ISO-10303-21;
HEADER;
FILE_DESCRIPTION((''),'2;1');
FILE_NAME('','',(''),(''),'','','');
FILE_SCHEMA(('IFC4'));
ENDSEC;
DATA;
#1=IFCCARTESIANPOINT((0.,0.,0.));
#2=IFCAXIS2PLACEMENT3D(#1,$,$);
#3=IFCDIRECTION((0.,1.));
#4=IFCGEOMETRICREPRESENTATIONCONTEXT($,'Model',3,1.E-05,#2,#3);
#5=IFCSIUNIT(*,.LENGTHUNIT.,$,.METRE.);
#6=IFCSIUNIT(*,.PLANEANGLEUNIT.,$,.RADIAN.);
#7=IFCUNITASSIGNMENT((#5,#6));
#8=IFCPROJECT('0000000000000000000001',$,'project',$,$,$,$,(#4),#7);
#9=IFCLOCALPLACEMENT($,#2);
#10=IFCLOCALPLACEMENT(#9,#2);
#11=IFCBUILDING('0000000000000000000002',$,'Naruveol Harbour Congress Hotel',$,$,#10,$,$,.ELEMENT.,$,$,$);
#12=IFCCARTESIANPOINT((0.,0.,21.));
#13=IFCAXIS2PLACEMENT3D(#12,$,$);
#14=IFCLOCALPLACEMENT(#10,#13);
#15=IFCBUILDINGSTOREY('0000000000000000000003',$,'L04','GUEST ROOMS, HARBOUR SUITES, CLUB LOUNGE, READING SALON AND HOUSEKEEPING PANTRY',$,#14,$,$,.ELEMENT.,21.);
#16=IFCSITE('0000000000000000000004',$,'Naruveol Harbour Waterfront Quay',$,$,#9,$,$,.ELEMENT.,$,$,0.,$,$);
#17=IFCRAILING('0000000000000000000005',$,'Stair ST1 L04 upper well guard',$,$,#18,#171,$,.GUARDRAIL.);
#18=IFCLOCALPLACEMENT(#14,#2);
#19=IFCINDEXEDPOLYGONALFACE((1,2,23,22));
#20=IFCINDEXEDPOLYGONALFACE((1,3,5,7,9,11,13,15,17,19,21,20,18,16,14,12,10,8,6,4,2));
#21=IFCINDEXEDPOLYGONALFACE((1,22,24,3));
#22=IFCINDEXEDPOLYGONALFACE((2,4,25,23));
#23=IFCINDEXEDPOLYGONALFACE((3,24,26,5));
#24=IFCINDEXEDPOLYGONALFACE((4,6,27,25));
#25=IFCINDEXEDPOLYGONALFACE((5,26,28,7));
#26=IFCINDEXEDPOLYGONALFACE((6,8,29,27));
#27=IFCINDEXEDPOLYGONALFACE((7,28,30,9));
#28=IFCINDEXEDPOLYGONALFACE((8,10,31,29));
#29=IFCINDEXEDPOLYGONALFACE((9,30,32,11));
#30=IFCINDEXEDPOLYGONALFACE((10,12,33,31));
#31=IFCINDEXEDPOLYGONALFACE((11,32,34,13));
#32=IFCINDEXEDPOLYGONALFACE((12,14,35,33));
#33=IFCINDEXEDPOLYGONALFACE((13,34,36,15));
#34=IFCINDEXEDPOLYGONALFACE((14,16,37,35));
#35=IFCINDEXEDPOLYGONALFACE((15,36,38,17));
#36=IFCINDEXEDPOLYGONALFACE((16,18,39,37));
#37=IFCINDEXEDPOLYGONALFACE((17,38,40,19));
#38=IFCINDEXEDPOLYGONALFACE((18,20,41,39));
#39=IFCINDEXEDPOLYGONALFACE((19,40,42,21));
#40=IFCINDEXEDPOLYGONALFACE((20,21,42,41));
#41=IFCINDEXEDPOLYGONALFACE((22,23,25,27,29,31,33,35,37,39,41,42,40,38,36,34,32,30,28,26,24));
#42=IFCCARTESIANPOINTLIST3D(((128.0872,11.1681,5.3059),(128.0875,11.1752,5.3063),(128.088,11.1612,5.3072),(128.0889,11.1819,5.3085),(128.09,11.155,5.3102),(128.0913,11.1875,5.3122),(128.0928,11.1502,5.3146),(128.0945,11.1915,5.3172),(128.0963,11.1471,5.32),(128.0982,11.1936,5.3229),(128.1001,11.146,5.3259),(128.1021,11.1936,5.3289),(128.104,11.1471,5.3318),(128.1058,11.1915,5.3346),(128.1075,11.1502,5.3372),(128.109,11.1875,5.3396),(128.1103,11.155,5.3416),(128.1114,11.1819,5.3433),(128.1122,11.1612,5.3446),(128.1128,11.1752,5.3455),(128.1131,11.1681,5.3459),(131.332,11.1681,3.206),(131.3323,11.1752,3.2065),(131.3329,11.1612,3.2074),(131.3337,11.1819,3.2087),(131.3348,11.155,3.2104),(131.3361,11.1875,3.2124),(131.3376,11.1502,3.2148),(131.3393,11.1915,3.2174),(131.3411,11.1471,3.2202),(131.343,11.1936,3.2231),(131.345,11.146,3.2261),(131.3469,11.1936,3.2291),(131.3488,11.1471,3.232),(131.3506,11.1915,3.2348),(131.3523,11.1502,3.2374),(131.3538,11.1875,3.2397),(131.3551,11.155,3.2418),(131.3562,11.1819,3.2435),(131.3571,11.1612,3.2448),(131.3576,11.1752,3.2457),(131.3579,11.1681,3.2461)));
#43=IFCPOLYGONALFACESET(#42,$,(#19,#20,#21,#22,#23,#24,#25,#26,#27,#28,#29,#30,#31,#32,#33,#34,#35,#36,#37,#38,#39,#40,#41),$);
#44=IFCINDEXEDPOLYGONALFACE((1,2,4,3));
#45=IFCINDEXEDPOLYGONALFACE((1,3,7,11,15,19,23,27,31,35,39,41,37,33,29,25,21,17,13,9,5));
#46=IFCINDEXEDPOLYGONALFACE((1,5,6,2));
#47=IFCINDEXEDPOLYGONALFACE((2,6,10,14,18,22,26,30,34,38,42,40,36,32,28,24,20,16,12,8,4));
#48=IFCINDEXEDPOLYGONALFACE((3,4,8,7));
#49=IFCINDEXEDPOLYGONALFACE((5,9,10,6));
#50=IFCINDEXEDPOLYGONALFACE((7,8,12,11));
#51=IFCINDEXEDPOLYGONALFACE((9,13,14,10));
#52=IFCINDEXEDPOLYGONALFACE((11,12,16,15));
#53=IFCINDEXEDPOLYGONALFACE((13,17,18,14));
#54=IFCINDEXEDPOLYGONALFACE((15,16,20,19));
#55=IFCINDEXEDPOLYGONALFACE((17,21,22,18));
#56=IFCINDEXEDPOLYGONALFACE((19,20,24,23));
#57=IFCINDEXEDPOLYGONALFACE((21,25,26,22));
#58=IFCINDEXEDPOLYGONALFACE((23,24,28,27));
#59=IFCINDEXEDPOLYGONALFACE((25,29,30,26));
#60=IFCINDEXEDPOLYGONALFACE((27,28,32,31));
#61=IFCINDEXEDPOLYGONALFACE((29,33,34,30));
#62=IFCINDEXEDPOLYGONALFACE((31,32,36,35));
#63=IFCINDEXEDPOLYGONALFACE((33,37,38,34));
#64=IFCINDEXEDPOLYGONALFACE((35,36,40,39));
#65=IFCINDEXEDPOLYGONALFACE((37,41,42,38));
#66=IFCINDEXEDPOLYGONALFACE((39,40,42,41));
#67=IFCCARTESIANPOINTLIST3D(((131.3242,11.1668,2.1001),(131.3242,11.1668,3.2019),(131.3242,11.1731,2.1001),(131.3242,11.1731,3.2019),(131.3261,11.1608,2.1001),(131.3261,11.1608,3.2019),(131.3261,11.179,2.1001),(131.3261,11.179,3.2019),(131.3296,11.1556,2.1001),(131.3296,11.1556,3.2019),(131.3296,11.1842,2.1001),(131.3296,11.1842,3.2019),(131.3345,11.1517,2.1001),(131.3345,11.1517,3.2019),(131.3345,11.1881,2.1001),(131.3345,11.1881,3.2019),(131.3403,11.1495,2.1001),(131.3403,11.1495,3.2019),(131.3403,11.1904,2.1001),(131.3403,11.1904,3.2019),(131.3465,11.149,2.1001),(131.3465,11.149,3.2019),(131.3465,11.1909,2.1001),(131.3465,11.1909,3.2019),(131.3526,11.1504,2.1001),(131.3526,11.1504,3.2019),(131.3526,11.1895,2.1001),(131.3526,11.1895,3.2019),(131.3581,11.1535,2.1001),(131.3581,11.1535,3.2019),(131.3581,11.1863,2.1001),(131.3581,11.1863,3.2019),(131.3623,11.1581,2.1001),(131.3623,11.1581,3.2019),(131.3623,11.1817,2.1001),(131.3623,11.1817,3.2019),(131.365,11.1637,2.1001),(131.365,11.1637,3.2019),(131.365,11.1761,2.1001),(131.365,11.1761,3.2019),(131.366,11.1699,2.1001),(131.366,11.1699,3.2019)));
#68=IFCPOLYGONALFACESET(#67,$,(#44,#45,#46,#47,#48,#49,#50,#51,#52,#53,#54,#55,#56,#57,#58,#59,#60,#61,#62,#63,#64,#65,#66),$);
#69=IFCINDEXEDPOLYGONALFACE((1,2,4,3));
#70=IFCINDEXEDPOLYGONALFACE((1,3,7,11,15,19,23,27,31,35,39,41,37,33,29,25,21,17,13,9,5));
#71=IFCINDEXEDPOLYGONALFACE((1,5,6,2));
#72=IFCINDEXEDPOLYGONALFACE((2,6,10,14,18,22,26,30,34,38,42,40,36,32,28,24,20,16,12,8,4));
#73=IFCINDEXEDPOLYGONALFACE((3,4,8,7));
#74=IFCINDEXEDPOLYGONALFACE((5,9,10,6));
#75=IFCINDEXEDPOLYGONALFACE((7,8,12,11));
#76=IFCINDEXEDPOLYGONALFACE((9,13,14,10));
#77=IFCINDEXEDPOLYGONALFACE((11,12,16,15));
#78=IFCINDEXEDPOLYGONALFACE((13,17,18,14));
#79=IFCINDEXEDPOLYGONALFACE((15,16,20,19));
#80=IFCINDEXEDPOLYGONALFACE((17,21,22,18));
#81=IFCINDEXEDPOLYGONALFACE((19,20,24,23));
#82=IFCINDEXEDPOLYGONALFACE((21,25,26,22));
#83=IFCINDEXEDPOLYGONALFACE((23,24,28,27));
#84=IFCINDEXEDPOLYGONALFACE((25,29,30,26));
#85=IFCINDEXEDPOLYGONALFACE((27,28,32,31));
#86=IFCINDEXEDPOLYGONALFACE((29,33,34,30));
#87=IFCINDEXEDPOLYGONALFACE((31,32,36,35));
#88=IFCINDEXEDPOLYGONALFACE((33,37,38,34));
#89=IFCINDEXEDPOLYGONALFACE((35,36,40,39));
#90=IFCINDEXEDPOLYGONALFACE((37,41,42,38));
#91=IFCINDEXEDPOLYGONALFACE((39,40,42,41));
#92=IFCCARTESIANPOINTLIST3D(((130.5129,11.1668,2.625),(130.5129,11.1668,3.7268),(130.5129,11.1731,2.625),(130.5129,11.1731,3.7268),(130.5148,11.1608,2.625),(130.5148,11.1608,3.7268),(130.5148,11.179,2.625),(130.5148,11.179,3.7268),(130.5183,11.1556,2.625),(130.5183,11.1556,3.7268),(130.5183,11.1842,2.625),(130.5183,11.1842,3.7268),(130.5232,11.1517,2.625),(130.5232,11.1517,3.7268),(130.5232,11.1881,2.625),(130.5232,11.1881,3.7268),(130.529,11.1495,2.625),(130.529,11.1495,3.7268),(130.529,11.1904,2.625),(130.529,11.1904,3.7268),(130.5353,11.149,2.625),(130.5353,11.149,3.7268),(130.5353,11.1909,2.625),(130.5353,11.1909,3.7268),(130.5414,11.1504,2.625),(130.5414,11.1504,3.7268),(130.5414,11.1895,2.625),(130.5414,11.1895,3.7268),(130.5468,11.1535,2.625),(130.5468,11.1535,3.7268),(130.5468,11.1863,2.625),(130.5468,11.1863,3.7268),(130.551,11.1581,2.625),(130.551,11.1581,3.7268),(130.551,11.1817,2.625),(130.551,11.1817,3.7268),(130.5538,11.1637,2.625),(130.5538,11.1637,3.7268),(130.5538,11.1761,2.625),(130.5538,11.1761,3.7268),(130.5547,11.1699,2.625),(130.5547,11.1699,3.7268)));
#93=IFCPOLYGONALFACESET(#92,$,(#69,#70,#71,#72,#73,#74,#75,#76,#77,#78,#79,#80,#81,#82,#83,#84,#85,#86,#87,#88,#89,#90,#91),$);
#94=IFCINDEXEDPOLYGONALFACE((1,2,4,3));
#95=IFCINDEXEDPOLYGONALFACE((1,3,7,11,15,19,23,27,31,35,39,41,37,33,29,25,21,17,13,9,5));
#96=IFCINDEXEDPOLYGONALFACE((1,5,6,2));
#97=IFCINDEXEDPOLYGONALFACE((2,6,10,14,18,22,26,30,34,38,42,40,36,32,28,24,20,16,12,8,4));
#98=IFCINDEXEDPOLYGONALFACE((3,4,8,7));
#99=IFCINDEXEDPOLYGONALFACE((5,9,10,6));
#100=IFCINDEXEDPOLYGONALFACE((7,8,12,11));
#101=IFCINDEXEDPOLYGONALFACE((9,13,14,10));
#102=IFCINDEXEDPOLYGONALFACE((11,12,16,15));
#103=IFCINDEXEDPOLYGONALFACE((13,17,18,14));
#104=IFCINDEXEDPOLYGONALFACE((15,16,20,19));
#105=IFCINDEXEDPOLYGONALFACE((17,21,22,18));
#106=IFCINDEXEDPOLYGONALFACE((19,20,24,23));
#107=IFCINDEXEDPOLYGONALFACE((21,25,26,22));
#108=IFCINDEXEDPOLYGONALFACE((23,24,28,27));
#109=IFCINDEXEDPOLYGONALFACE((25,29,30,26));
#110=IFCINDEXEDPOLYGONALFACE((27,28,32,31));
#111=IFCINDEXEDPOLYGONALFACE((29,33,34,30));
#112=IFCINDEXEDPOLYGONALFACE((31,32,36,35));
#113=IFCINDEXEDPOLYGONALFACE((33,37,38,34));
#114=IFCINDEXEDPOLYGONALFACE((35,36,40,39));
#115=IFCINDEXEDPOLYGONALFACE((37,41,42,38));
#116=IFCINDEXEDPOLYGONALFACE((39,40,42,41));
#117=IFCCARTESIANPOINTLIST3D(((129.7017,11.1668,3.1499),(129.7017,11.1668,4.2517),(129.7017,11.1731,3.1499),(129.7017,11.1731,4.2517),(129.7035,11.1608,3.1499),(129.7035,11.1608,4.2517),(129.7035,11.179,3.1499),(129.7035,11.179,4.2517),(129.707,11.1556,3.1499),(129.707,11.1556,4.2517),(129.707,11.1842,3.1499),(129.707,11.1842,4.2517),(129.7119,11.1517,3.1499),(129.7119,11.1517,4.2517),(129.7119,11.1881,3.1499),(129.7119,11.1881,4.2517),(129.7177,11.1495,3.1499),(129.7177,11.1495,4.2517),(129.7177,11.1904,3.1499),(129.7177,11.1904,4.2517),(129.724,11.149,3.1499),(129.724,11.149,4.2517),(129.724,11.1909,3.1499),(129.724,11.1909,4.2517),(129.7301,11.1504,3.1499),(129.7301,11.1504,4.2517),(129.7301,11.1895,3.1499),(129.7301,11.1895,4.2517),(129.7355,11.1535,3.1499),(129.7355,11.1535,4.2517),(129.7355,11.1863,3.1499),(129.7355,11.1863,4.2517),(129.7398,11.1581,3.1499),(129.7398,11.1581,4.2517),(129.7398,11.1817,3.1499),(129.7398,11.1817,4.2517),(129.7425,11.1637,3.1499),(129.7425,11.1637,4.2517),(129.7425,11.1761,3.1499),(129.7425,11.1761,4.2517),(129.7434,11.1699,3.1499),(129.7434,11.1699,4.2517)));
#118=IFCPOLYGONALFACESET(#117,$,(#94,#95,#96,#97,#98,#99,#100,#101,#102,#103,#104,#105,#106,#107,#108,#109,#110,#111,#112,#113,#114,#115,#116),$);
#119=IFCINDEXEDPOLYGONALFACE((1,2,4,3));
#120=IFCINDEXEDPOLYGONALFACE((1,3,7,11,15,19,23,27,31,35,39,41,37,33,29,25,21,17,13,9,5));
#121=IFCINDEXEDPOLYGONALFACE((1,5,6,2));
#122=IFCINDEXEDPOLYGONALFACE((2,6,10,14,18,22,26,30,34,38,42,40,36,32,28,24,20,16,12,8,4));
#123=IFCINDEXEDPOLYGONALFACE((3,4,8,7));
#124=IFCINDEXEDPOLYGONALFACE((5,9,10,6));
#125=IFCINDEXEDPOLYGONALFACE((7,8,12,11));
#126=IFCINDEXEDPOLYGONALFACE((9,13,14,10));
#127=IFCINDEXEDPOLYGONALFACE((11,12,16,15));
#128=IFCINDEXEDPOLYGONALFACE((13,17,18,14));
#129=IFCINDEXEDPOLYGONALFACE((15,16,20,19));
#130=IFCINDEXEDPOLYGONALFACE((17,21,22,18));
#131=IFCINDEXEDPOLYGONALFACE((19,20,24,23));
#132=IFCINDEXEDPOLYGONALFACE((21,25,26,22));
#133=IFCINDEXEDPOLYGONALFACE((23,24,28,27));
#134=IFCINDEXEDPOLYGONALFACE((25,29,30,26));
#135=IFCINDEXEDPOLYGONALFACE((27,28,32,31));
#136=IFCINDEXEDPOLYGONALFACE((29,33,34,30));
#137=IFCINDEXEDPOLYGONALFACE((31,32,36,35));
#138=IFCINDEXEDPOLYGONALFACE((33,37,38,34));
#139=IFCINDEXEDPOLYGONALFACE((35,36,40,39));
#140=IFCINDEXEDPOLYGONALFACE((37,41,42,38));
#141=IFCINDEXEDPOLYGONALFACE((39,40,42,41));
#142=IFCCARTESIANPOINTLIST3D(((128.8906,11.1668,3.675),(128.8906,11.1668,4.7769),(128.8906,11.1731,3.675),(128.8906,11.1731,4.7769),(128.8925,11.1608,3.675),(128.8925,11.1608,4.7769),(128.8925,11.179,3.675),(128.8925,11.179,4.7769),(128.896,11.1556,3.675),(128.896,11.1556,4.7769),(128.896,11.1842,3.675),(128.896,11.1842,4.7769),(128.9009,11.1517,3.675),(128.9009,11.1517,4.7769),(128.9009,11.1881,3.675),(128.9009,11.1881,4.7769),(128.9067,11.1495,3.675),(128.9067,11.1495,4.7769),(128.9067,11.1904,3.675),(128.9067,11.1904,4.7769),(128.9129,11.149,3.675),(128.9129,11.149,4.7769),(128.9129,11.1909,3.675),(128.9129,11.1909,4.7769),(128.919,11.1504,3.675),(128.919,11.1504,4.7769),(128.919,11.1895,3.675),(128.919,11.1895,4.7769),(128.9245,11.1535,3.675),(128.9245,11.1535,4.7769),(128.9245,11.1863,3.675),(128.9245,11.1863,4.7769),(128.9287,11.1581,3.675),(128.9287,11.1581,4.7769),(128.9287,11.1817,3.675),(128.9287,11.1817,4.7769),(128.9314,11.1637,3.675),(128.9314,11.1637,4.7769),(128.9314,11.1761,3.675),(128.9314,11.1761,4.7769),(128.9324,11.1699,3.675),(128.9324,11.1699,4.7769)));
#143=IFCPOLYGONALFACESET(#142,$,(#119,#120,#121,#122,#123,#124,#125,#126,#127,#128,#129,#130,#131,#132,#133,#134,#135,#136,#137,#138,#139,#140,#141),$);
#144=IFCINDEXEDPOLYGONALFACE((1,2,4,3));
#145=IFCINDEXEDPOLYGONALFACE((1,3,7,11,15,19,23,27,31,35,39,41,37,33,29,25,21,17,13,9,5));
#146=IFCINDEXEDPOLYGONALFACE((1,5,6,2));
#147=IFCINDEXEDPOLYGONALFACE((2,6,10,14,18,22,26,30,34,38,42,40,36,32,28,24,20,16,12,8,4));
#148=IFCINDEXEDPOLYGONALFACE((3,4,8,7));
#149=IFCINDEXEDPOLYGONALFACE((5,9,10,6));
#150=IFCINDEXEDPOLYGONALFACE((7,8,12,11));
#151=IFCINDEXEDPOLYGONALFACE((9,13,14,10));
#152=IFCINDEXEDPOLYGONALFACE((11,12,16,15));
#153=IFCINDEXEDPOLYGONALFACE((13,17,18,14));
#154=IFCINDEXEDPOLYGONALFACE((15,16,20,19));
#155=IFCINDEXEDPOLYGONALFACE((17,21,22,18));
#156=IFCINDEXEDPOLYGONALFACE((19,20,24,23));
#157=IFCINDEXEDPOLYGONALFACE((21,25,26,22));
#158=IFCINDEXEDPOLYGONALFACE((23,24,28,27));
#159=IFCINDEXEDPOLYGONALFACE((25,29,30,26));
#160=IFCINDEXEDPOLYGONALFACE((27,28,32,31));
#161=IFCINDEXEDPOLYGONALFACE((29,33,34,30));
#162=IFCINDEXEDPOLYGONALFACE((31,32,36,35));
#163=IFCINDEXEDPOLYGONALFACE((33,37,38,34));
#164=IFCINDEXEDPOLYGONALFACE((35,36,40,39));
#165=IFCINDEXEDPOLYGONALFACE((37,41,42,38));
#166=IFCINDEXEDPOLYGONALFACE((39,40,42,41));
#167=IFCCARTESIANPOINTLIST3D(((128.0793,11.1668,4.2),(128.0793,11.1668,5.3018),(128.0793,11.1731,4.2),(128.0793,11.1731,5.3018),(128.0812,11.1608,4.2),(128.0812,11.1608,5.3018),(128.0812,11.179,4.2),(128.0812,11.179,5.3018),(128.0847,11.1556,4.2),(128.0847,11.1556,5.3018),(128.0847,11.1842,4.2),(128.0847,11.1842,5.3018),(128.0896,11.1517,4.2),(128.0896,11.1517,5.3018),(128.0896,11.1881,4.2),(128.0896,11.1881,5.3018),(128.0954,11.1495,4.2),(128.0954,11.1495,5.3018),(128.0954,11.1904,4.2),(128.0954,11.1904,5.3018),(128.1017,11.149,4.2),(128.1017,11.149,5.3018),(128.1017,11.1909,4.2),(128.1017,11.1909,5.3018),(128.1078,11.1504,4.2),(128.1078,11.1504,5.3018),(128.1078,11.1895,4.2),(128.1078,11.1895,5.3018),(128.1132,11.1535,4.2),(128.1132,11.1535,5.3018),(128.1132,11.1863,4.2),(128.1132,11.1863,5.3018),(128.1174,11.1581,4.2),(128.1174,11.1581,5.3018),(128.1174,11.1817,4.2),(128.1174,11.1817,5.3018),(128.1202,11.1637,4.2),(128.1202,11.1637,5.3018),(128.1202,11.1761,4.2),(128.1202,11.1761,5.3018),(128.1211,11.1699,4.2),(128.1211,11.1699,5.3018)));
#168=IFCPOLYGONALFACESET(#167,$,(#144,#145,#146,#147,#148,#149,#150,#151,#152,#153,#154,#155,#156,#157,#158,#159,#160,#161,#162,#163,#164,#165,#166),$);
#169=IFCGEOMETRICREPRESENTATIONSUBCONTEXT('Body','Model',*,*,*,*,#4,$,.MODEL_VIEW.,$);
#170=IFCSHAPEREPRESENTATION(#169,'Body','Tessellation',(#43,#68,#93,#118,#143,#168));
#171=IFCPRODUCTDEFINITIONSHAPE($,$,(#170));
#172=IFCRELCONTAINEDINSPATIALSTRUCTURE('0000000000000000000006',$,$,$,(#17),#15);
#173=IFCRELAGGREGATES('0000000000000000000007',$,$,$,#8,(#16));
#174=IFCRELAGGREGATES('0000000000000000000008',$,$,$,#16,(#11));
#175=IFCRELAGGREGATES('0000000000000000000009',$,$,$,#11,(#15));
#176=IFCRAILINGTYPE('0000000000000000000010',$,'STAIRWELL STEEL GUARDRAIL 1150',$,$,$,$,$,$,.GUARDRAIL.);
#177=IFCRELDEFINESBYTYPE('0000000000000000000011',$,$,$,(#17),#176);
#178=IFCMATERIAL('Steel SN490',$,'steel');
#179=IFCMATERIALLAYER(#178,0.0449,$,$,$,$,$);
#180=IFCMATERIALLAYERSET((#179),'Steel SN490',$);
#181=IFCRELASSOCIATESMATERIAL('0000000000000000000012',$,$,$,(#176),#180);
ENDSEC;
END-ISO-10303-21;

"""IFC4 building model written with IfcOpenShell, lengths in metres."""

from ifc_helpers import new_model, si_unit, direction, frame, origin, origin_2d, place, context, subcontext, project, spatial, circle, extrude, material, layer, layer_set, type_object, element, save


model = new_model("IFC4")

# Units and contexts
model_context = context("Model", 3, precision=1e-05, world=origin(), true_north=direction((0.0, 1.0)))
body_context = subcontext(model_context, "Body", "Model", "MODEL_VIEW")
ifc_project = project(units=[si_unit("LENGTHUNIT", "METRE"), si_unit("PLANEANGLEUNIT", "RADIAN")], contexts=[model_context])

# Site, building, storey
site_placement = place(None, origin())
site = spatial("IfcSite", under=ifc_project, at=site_placement, Name="Naruveol Harbour Waterfront Quay", CompositionType="ELEMENT", RefElevation=0.0)
building_placement = place(site_placement, origin())
building = spatial("IfcBuilding", under=site, at=building_placement, Name="Naruveol Harbour Congress Hotel", CompositionType="ELEMENT")
storey_placement = place(building_placement, frame((0.0, 0.0, 21.0)))
storey = spatial("IfcBuildingStorey", under=building, at=storey_placement, Name="L04", Description="GUEST ROOMS, HARBOUR SUITES, CLUB LOUNGE, READING SALON AND HOUSEKEEPING PANTRY", CompositionType="ELEMENT", Elevation=21.0)

# Railing
ifc_material_1 = material(Name="Steel SN490", Category="steel")
ifc_layer_1 = layer(ifc_material_1, 0.0449)
ifc_layer_set_1 = layer_set([ifc_layer_1], Name="Steel SN490")
railing_type_1 = type_object("IfcRailingType", Name="STAIRWELL STEEL GUARDRAIL 1150", PredefinedType="GUARDRAIL", material=ifc_layer_set_1)
railing_1_placement = place(storey_placement, frame((131.345, 11.1699, 2.1001)))
element("IfcRailing", 1, at=railing_1_placement, inside=storey, type_object=railing_type_1, Name="Stair ST1 L04 upper well guard", PredefinedType="GUARDRAIL", context=body_context, shape_type="SweptSolid", body=[
    extrude(circle(Radius=0.0239, at=origin_2d()), frame((0.0, 0.0, 1.126), z_axis=(-0.839543, 0.0, 0.543293), x_axis=(0.0, -1.0, 0.0)), (0.0, 0.0, 1.0), 3.865),
    extrude(circle(Radius=0.021, at=origin_2d()), origin(), (0.0, 0.0, 1.0), 1.1018),
    extrude(circle(Radius=0.021, at=origin_2d()), frame((-0.8113, 0.0, 0.5249)), (0.0, 0.0, 1.0), 1.1018),
    extrude(circle(Radius=0.021, at=origin_2d()), frame((-1.6226, 0.0, 1.0498)), (0.0, 0.0, 1.0), 1.1018),
    extrude(circle(Radius=0.021, at=origin_2d()), frame((-2.4336, 0.0, 1.575)), (0.0, 0.0, 1.0), 1.1018),
    extrude(circle(Radius=0.021, at=origin_2d()), frame((-3.2449, 0.0, 2.0999)), (0.0, 0.0, 1.0), 1.1018),
])

save(model, "model.ifc")
